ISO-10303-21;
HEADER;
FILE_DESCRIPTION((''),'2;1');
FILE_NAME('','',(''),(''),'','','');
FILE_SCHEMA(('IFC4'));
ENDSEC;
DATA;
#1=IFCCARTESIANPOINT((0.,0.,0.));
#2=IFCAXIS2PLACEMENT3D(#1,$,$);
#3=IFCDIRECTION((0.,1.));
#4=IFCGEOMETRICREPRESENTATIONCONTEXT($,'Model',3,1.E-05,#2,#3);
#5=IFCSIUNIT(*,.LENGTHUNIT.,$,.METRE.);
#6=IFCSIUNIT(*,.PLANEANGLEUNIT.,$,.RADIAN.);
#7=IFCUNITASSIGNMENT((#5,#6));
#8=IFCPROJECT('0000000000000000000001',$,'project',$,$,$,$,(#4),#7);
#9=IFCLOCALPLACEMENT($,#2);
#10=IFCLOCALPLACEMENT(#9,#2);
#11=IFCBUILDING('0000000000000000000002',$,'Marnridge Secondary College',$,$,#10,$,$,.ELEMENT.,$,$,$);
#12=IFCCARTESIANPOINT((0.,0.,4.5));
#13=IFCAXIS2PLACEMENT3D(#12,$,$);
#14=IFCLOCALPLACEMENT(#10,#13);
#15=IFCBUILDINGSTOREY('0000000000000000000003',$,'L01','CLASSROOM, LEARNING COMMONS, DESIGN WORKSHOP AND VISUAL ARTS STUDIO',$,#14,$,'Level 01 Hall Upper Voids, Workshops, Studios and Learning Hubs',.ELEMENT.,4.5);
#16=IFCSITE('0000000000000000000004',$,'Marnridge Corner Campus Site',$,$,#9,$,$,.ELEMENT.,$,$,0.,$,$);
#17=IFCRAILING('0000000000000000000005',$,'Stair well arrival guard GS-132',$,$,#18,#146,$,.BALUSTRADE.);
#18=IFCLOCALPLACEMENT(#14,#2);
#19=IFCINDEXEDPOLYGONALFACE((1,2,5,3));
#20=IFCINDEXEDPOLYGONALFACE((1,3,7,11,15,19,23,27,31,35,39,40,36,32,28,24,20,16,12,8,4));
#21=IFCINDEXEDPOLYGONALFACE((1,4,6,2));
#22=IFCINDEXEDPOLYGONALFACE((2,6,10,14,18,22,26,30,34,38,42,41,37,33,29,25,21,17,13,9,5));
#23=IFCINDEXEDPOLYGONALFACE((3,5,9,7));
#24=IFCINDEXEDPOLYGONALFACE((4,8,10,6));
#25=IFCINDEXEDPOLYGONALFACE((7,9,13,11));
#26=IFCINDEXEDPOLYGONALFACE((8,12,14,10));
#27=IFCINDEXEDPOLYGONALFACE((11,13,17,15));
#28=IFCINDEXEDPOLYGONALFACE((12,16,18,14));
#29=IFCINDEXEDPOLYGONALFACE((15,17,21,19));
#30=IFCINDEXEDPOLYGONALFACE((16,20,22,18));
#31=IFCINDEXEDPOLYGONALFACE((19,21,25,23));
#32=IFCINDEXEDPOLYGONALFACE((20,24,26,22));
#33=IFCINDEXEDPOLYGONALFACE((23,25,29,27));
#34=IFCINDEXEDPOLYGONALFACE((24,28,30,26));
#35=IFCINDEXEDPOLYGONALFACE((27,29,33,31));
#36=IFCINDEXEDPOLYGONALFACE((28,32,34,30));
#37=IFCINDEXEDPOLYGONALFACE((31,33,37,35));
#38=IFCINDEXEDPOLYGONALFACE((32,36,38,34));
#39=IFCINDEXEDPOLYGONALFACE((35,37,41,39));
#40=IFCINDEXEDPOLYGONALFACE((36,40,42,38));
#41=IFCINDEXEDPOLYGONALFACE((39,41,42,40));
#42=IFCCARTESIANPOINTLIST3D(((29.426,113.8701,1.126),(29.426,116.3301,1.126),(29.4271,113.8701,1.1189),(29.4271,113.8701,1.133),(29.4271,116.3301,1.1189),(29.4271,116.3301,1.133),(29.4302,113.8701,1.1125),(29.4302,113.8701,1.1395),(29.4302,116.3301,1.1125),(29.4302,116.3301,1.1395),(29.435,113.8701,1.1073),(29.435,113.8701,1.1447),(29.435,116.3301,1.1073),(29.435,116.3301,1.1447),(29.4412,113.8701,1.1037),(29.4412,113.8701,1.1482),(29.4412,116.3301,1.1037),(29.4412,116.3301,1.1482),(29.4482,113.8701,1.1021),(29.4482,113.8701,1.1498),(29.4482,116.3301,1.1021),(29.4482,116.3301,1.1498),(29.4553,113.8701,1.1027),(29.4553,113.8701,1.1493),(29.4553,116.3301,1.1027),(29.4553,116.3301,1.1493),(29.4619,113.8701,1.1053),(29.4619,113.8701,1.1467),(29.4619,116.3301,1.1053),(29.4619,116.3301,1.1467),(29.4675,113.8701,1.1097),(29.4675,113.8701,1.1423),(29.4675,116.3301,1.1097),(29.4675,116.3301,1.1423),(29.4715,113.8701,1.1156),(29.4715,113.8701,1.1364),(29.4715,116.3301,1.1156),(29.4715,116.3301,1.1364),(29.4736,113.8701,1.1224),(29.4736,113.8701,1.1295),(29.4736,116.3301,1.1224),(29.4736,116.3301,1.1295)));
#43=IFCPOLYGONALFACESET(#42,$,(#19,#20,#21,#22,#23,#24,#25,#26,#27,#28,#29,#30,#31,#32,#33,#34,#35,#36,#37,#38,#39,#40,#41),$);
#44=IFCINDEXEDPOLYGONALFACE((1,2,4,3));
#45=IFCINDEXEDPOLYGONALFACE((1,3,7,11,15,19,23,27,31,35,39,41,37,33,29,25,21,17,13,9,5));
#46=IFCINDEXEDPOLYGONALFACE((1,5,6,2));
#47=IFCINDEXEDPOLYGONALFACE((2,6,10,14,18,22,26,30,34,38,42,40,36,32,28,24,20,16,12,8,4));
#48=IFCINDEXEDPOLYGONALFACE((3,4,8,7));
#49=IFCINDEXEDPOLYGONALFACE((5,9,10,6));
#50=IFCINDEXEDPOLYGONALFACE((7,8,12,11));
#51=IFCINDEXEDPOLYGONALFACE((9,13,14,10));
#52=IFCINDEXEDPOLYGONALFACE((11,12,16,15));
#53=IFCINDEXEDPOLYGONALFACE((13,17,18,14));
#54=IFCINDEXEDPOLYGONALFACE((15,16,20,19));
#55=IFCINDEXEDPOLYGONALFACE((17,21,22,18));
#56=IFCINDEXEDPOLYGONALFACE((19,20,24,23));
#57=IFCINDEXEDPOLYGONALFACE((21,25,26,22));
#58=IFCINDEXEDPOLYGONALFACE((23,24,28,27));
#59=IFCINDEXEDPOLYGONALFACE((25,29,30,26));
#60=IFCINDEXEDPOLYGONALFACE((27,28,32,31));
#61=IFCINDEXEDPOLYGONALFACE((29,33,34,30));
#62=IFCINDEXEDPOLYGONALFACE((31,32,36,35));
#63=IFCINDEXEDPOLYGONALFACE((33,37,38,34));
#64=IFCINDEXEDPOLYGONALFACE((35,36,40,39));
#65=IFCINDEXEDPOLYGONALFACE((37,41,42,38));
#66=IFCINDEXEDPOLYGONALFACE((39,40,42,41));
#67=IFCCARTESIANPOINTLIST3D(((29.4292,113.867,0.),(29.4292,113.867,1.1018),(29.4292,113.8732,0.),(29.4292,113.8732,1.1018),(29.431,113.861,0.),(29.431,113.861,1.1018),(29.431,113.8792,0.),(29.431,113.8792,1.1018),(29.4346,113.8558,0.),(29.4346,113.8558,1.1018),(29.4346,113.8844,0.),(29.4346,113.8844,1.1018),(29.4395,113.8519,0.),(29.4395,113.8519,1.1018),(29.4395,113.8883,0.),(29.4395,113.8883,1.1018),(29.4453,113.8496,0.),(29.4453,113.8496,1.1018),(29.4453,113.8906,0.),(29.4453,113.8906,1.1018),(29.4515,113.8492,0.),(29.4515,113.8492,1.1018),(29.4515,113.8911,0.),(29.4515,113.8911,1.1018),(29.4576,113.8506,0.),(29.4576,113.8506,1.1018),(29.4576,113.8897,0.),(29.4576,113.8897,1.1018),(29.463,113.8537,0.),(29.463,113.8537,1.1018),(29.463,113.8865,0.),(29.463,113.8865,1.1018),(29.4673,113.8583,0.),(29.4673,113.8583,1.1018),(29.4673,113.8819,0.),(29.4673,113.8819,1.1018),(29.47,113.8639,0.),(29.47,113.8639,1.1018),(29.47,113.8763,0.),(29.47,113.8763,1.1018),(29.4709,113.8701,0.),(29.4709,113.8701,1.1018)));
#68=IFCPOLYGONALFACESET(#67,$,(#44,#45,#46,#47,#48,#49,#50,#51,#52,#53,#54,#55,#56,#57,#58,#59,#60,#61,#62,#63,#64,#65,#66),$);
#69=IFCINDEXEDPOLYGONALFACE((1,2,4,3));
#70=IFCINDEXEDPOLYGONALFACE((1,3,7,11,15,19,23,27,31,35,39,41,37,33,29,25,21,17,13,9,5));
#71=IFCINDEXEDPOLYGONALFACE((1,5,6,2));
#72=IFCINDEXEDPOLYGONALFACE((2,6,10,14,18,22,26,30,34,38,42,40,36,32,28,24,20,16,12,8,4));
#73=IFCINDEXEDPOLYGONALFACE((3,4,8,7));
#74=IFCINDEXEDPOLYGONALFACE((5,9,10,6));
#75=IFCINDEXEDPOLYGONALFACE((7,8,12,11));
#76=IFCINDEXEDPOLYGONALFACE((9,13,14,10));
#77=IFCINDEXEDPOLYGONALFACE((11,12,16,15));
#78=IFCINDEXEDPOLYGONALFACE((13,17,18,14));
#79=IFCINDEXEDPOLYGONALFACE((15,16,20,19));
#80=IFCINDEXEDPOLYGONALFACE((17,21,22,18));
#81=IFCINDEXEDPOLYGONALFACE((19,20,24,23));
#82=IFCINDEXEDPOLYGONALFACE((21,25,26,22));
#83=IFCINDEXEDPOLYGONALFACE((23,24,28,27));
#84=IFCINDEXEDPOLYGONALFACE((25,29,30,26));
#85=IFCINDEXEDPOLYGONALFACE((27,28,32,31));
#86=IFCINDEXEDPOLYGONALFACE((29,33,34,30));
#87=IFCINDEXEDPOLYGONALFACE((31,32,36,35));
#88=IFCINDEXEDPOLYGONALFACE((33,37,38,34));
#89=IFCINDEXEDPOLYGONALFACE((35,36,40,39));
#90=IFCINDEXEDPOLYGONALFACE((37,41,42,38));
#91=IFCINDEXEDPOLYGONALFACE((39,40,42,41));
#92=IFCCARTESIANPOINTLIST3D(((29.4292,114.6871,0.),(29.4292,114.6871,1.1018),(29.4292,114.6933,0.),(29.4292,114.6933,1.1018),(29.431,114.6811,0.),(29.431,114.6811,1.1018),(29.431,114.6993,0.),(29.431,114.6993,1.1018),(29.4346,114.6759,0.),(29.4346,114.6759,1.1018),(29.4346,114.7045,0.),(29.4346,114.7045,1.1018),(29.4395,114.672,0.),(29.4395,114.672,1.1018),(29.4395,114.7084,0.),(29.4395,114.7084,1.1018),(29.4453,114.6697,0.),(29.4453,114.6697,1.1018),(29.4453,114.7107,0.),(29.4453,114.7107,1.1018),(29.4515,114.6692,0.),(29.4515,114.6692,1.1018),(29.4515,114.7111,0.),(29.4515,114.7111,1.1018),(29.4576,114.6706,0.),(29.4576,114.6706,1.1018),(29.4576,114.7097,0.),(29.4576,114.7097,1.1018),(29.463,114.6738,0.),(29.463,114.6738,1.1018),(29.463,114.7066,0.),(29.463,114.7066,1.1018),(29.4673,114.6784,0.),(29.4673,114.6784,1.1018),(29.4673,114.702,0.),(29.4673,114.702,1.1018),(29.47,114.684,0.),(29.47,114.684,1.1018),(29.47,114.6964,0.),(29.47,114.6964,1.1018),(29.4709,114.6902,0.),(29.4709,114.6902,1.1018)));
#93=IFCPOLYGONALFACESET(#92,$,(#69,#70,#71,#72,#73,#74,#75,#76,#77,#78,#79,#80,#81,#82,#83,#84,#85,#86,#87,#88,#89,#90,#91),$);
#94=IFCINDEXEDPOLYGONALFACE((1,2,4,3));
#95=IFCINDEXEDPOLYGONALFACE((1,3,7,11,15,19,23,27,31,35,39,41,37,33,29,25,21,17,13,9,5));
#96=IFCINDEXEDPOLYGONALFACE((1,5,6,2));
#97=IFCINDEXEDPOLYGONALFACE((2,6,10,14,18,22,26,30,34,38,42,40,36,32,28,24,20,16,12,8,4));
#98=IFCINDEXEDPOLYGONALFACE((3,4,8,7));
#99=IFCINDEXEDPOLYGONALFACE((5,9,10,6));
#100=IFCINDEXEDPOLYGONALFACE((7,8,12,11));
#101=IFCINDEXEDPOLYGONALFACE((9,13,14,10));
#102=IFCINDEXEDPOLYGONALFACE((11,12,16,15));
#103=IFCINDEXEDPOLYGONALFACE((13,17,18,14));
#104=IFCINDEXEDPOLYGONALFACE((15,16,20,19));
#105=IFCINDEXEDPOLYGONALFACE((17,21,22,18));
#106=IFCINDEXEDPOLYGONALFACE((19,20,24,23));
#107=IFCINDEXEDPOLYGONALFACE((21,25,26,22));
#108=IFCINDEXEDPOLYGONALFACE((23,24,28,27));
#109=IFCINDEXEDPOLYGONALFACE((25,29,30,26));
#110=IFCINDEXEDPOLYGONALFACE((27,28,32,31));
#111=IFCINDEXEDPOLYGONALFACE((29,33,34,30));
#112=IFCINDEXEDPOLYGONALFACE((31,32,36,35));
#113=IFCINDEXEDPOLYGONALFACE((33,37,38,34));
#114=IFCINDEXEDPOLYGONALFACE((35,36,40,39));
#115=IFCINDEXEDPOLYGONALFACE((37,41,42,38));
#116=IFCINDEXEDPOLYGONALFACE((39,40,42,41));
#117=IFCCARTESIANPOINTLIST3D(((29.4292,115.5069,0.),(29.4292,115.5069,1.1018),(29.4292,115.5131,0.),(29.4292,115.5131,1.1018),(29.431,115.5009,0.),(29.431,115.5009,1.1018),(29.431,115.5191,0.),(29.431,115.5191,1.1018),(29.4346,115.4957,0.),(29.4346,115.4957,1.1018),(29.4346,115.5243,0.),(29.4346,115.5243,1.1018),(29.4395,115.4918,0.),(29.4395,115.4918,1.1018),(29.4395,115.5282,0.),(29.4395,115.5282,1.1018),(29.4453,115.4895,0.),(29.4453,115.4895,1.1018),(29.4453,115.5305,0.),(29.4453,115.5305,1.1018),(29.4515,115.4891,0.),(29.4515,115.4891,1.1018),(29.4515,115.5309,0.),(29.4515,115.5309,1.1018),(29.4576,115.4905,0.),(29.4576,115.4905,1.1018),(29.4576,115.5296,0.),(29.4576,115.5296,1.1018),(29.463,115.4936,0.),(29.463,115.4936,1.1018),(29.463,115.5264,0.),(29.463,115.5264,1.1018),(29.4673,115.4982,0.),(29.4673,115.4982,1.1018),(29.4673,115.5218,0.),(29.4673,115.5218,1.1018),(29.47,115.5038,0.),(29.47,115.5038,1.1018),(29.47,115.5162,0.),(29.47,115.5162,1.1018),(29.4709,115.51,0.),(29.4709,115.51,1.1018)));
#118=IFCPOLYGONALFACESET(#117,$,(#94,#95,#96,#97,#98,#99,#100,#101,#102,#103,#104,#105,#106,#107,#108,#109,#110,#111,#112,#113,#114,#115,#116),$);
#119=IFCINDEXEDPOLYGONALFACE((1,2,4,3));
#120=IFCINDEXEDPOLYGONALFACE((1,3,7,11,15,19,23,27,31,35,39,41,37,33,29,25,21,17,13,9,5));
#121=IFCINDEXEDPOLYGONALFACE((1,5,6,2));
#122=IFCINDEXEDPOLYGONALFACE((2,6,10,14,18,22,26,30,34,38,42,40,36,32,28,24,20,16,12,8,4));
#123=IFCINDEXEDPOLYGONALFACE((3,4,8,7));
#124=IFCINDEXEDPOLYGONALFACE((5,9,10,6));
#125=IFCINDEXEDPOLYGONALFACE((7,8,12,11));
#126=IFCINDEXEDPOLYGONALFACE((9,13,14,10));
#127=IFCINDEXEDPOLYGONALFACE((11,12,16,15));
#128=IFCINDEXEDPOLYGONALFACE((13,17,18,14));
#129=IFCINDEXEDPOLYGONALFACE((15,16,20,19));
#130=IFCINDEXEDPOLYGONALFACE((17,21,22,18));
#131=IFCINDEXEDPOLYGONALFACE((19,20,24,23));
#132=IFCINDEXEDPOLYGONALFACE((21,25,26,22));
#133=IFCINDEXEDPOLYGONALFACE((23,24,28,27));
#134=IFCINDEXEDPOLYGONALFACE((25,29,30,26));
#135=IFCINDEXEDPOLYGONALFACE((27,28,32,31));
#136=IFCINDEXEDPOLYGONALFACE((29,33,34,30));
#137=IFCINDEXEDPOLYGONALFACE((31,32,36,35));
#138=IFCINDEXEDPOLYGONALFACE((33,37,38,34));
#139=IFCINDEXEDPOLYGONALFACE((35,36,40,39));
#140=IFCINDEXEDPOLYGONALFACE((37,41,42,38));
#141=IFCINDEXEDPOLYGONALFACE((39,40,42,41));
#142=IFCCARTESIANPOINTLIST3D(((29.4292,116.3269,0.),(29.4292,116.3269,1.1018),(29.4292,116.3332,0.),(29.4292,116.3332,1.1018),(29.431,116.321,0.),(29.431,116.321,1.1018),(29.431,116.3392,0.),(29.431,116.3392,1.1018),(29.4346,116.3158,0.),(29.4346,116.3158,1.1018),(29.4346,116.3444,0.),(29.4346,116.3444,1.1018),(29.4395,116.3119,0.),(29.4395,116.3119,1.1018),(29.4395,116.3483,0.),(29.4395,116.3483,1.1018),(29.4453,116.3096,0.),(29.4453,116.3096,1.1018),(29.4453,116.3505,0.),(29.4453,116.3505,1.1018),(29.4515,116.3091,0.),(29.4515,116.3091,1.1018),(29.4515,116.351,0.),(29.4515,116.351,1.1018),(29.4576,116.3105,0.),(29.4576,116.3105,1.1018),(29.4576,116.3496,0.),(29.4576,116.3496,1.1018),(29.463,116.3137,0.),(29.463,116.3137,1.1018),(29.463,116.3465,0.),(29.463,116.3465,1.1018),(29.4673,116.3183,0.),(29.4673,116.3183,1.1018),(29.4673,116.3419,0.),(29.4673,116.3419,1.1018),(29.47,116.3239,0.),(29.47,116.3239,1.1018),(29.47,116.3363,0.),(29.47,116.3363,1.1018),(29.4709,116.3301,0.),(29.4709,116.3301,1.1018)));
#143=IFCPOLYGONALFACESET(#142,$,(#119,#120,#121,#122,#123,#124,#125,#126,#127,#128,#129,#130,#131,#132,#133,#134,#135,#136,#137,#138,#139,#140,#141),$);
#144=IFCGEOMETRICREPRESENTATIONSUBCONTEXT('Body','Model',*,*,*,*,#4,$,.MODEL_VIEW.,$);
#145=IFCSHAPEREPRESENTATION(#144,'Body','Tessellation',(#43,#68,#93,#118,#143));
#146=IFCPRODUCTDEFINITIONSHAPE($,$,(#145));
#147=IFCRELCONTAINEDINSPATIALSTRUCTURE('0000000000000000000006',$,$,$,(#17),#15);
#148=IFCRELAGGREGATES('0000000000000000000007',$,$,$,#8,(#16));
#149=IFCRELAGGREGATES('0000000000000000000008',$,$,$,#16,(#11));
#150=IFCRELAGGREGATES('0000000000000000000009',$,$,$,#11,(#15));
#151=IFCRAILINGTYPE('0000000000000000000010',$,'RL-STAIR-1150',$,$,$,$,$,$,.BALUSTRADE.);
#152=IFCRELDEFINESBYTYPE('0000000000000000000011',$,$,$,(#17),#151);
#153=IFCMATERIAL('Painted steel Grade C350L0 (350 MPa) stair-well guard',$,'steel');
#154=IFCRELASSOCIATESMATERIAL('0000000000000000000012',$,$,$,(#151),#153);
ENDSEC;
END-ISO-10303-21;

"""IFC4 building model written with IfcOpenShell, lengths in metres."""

from ifc_helpers import new_model, si_unit, direction, frame, origin, origin_2d, place, context, subcontext, project, spatial, circle, extrude, material, type_object, element, save


model = new_model("IFC4")

# Units and contexts
model_context = context("Model", 3, precision=1e-05, world=origin(), true_north=direction((0.0, 1.0)))
body_context = subcontext(model_context, "Body", "Model", "MODEL_VIEW")
ifc_project = project(units=[si_unit("LENGTHUNIT", "METRE"), si_unit("PLANEANGLEUNIT", "RADIAN")], contexts=[model_context])

# Site, building, storey
site_placement = place(None, origin())
site = spatial("IfcSite", under=ifc_project, at=site_placement, Name="Marnridge Corner Campus Site", CompositionType="ELEMENT", RefElevation=0.0)
building_placement = place(site_placement, origin())
building = spatial("IfcBuilding", under=site, at=building_placement, Name="Marnridge Secondary College", CompositionType="ELEMENT")
storey_placement = place(building_placement, frame((0.0, 0.0, 4.5)))
storey = spatial("IfcBuildingStorey", under=building, at=storey_placement, Name="L01", Description="CLASSROOM, LEARNING COMMONS, DESIGN WORKSHOP AND VISUAL ARTS STUDIO", LongName="Level 01 Hall Upper Voids, Workshops, Studios and Learning Hubs", CompositionType="ELEMENT", Elevation=4.5)

# Railing
ifc_material_1 = material(Name="Painted steel Grade C350L0 (350 MPa) stair-well guard", Category="steel")
railing_type_1 = type_object("IfcRailingType", Name="RL-STAIR-1150", PredefinedType="BALUSTRADE", material=ifc_material_1)
railing_1_placement = place(storey_placement, frame((29.45, 113.8701, 0.0)))
element("IfcRailing", 1, at=railing_1_placement, inside=storey, type_object=railing_type_1, Name="Stair well arrival guard GS-132", PredefinedType="BALUSTRADE", context=body_context, shape_type="SweptSolid", body=[
    extrude(circle(Radius=0.0239, at=origin_2d()), frame((0.0, 0.0, 1.126), z_axis=(0.0, 1.0, 0.0), x_axis=(-1.0, 0.0, 0.0)), (0.0, 0.0, 1.0), 2.46),
    extrude(circle(Radius=0.021, at=origin_2d()), origin(), (0.0, 0.0, 1.0), 1.1018),
    extrude(circle(Radius=0.021, at=origin_2d()), frame((0.0, 0.8201, 0.0)), (0.0, 0.0, 1.0), 1.1018),
    extrude(circle(Radius=0.021, at=origin_2d()), frame((0.0, 1.6399, 0.0)), (0.0, 0.0, 1.0), 1.1018),
    extrude(circle(Radius=0.021, at=origin_2d()), frame((0.0, 2.46, 0.0)), (0.0, 0.0, 1.0), 1.1018),
])

save(model, "model.ifc")
